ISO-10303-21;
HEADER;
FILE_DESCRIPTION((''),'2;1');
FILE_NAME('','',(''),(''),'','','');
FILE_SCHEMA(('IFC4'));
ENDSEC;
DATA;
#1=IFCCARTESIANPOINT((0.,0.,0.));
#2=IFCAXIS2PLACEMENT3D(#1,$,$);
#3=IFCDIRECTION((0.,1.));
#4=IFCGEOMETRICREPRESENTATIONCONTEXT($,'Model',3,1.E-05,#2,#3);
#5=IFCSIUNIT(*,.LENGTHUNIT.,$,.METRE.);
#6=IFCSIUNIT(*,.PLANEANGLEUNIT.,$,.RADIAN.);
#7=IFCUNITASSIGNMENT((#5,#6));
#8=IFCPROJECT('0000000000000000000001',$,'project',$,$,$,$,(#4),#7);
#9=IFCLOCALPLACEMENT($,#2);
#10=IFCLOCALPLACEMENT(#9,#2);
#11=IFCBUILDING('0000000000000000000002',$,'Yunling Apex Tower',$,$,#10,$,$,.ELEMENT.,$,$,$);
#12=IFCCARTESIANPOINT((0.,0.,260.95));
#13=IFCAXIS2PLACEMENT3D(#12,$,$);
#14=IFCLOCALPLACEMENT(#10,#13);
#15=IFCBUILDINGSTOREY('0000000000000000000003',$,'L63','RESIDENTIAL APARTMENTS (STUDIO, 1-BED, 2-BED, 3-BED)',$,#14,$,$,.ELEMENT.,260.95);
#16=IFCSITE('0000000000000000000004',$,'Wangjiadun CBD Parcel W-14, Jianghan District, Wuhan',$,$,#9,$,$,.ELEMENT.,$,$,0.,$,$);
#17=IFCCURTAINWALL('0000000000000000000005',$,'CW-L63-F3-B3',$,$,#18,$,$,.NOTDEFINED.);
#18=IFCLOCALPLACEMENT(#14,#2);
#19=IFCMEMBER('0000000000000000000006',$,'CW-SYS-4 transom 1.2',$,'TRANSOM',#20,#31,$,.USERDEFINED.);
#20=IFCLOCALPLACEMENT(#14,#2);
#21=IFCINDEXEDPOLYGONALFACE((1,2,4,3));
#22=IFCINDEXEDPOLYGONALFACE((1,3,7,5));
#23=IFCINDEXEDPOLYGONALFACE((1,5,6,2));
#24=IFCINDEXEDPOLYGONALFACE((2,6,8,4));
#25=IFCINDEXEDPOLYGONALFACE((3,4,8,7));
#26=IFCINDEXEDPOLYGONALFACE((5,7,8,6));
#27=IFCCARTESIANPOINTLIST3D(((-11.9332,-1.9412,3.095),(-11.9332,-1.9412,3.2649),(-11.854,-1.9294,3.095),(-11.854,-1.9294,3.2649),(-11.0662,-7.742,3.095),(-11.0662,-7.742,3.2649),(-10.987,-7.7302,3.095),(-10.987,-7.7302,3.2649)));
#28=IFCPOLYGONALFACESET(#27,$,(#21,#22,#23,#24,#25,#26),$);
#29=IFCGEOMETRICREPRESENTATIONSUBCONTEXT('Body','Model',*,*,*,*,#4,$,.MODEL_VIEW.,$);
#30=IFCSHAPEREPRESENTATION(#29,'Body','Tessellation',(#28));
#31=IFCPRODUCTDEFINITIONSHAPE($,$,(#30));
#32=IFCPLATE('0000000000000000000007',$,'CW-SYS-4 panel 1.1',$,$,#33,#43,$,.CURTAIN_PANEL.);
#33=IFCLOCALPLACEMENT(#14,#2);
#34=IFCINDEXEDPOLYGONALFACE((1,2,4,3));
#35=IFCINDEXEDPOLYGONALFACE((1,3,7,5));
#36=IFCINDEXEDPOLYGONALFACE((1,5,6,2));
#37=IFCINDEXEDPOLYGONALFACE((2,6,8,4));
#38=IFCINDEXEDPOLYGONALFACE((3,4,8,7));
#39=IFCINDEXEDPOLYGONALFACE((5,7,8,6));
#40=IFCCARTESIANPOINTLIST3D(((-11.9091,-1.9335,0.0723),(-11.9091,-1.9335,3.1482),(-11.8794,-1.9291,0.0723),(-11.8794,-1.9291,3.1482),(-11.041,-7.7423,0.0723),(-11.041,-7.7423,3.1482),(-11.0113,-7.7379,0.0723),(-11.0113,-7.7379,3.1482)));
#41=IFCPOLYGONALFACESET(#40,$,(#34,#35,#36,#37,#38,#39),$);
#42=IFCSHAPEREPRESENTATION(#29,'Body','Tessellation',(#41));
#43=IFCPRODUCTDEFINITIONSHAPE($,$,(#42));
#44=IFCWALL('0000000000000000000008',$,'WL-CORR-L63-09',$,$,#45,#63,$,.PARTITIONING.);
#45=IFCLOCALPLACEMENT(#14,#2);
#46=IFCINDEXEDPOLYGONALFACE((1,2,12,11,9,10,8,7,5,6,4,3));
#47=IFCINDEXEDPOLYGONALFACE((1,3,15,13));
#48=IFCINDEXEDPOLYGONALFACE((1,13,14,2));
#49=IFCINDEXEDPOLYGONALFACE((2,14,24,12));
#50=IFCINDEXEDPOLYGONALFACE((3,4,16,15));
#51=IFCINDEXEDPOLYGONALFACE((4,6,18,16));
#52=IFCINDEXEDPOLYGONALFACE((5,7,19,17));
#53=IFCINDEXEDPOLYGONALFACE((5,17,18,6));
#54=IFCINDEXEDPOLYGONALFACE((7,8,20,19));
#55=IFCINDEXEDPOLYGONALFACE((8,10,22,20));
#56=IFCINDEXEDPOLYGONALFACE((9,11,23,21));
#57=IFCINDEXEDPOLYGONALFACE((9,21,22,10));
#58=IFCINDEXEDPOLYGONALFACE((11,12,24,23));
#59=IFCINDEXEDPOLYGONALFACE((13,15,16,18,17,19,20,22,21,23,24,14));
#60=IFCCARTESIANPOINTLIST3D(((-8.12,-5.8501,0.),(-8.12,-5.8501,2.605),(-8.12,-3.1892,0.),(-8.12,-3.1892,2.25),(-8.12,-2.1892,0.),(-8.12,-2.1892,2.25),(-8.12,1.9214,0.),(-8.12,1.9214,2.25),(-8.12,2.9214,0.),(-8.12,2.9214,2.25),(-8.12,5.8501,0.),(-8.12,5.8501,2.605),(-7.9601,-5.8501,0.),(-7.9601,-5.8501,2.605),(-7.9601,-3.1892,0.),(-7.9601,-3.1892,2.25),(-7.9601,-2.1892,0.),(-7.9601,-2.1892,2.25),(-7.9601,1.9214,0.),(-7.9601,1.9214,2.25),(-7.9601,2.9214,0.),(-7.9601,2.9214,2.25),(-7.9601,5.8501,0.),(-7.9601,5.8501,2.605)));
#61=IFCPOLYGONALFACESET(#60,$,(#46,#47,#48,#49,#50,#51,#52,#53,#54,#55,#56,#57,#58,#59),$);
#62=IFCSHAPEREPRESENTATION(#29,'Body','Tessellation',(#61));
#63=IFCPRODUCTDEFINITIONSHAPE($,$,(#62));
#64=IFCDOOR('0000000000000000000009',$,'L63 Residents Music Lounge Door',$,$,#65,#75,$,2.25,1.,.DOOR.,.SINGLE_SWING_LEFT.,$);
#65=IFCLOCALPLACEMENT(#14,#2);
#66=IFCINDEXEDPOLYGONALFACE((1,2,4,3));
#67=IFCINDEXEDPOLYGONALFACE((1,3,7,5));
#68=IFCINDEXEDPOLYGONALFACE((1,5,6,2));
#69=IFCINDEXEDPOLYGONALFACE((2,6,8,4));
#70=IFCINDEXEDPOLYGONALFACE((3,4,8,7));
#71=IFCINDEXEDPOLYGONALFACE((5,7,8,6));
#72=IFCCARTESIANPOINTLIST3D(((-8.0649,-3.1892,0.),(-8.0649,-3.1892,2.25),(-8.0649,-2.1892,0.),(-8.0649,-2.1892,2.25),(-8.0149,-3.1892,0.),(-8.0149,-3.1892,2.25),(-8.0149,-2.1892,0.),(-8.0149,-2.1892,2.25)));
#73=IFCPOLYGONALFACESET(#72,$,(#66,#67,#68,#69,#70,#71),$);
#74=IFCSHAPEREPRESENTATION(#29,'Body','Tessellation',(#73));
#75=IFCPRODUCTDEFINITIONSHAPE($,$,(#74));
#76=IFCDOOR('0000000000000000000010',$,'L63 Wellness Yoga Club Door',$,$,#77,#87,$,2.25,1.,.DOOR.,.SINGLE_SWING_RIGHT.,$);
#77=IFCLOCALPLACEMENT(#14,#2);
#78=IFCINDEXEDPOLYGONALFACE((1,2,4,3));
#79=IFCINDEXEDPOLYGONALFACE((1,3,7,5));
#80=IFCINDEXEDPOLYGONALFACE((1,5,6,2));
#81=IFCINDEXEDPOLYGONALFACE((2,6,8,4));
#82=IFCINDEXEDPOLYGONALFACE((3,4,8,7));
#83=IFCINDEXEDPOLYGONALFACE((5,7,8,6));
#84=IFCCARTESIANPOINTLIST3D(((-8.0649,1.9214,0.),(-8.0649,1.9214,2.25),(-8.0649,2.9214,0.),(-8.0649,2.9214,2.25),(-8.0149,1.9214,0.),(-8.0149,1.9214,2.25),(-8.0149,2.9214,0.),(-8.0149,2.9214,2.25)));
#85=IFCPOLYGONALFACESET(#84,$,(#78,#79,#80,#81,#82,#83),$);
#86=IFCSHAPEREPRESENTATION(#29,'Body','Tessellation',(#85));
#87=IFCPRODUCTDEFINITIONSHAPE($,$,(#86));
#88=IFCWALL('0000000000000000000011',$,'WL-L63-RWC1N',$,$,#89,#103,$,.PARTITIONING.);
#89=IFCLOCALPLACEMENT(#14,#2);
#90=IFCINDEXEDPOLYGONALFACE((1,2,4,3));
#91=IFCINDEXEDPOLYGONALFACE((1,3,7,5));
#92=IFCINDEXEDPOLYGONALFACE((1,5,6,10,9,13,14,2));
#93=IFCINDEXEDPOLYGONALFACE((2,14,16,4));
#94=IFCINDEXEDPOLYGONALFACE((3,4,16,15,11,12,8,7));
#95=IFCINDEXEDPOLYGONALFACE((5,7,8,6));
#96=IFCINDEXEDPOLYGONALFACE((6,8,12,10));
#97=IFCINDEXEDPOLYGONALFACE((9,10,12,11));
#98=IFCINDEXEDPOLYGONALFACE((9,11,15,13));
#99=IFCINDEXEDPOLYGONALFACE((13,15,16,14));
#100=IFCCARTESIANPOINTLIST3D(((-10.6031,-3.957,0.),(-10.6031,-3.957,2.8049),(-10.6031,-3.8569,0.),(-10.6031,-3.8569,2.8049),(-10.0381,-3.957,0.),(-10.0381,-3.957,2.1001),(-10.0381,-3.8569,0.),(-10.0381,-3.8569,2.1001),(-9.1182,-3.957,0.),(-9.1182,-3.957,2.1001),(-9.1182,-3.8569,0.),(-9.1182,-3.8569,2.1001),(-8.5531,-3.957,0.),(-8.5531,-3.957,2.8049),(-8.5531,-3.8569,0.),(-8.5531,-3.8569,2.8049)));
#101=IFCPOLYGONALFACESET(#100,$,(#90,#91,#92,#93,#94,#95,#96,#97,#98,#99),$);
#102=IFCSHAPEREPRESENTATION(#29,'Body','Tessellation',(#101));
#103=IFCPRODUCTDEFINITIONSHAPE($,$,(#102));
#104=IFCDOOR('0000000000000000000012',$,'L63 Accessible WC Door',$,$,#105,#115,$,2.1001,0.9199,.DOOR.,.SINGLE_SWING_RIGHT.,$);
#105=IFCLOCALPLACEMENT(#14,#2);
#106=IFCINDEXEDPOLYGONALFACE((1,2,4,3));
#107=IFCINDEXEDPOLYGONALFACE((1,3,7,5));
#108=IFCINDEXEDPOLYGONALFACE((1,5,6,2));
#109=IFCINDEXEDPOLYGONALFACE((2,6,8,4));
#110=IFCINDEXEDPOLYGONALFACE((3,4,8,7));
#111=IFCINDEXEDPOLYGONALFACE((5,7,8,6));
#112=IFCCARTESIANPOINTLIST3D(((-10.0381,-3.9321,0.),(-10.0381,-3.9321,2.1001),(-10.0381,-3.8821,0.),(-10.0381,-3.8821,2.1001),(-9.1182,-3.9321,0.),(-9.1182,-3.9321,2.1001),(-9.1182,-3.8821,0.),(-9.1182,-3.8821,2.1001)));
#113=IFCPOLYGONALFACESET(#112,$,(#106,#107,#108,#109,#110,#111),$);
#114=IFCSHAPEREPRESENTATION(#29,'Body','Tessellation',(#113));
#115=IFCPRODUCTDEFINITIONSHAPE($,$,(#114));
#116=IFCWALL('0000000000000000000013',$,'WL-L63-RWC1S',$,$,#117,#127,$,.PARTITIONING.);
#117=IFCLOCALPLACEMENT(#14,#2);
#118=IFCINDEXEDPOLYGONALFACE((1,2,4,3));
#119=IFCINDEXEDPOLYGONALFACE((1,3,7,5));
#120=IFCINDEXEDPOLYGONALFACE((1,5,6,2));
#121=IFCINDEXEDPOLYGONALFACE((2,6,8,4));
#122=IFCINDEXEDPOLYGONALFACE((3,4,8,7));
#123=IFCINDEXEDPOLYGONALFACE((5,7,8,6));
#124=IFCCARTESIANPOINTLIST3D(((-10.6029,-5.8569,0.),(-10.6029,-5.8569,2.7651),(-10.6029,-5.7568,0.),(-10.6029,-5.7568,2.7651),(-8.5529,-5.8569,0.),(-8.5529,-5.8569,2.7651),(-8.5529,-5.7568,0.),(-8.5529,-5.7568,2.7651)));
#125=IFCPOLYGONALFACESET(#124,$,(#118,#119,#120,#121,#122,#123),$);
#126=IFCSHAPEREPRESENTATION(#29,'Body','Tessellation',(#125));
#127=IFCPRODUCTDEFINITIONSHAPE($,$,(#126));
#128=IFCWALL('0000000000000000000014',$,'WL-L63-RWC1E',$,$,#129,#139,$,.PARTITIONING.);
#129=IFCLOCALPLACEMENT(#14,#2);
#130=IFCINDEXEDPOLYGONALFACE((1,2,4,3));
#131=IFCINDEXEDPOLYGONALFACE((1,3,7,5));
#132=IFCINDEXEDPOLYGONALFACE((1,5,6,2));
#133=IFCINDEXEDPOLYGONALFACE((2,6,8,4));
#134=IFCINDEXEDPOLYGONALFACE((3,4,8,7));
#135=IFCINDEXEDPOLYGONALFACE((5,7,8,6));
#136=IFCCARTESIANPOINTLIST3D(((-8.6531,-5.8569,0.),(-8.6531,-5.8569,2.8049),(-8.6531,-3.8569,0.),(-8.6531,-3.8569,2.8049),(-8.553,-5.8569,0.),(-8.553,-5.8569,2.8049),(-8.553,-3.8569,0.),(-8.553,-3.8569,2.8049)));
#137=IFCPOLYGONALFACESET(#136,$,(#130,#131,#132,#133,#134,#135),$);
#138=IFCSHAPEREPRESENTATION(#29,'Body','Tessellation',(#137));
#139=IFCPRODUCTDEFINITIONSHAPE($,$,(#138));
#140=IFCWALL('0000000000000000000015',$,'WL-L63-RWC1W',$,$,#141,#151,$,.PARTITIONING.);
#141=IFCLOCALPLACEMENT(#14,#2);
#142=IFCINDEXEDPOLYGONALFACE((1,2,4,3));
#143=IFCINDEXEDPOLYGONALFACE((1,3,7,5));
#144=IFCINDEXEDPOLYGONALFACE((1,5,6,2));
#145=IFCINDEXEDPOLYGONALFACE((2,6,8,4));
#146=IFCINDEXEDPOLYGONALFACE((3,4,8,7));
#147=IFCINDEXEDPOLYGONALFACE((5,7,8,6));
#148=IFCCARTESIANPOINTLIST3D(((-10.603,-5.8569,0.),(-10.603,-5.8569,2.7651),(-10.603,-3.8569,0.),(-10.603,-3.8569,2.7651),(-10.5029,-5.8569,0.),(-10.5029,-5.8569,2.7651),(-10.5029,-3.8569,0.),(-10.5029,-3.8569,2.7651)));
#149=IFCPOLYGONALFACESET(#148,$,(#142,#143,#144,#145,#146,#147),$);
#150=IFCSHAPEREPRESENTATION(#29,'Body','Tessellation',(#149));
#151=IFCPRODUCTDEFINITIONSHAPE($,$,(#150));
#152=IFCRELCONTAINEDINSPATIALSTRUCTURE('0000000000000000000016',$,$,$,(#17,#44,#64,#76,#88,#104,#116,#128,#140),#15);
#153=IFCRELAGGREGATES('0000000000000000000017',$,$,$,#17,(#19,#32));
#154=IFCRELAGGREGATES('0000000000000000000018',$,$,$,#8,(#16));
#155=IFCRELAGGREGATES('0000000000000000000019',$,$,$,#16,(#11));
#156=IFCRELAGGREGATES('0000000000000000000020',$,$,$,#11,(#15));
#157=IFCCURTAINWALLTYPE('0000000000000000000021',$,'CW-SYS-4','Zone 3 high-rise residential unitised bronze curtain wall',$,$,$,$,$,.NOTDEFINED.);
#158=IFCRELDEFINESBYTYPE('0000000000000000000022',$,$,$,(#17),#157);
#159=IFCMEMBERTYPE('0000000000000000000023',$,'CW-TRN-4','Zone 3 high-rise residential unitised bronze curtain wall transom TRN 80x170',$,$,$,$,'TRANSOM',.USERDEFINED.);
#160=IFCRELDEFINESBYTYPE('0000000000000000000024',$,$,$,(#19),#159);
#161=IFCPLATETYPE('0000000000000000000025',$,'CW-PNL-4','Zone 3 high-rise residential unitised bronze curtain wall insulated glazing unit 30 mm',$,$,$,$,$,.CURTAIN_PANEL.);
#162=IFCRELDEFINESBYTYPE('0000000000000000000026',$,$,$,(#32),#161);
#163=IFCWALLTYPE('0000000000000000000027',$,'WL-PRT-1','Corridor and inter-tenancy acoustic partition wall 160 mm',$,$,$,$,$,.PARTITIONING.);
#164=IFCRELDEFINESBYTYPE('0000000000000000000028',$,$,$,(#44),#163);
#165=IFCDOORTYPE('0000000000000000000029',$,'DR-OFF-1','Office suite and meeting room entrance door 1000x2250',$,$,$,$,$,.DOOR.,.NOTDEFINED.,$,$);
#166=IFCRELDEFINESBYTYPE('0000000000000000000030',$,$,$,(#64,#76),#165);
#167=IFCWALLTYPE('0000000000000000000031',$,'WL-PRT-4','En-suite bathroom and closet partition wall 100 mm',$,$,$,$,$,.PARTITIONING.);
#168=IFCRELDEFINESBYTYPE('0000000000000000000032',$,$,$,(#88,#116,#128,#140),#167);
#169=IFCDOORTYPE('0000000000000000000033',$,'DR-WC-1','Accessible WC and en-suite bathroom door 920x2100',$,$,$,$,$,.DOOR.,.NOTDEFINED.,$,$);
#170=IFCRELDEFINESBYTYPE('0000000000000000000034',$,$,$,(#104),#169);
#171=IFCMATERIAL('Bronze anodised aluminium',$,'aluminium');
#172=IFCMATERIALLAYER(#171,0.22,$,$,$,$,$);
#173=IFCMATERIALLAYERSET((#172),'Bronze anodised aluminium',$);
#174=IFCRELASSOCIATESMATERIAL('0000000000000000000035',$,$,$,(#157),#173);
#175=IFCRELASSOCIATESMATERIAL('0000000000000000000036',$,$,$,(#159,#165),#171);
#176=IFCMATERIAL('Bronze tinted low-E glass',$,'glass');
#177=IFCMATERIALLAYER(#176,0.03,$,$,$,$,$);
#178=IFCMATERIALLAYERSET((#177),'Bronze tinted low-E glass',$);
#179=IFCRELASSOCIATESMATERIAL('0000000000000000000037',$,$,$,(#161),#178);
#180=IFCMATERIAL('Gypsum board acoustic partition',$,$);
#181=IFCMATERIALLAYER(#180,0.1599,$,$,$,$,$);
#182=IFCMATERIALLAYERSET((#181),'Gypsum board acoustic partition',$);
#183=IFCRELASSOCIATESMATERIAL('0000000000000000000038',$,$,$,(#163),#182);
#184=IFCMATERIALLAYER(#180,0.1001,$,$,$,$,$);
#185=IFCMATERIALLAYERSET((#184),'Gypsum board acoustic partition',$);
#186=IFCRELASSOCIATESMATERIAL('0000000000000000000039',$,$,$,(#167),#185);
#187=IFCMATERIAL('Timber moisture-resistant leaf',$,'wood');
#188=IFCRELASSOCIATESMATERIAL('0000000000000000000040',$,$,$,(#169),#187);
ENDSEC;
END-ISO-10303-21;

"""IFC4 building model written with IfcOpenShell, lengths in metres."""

from ifc_helpers import new_model, si_unit, direction, frame, frame_2d, origin, origin_2d, place, context, subcontext, project, spatial, rectangle, extrude, source, transform, mapped, material, layer, layer_set, material_profile, profile_set, type_object, element, fill, aggregate, save


model = new_model("IFC4")

# Units and contexts
model_context = context("Model", 3, precision=1e-05, world=origin(), true_north=direction((0.0, 1.0)))
body_context = subcontext(model_context, "Body", "Model", "MODEL_VIEW")
ifc_project = project(units=[si_unit("LENGTHUNIT", "METRE"), si_unit("PLANEANGLEUNIT", "RADIAN")], contexts=[model_context])

# Site, building, storey
site_placement = place(None, origin())
site = spatial("IfcSite", under=ifc_project, at=site_placement, Name="Wangjiadun CBD Parcel W-14, Jianghan District, Wuhan", CompositionType="ELEMENT", RefElevation=0.0)
building_placement = place(site_placement, origin())
building = spatial("IfcBuilding", under=site, at=building_placement, Name="Yunling Apex Tower", CompositionType="ELEMENT")
storey_placement = place(building_placement, frame((0.0, 0.0, 260.95)))
storey = spatial("IfcBuildingStorey", under=building, at=storey_placement, Name="L63", Description="RESIDENTIAL APARTMENTS (STUDIO, 1-BED, 2-BED, 3-BED)", CompositionType="ELEMENT", Elevation=260.95)

# Shared definitions
ifc_material_1 = material(Name="Bronze anodised aluminium", Category="aluminium")
ifc_layer_1 = layer(ifc_material_1, 0.22)
ifc_layer_set_1 = layer_set([ifc_layer_1], Name="Bronze anodised aluminium")
curtain_wall_type = type_object("IfcCurtainWallType", Name="CW-SYS-4", Description="Zone 3 high-rise residential unitised bronze curtain wall", PredefinedType="NOTDEFINED", material=ifc_layer_set_1)

# Curtain wall, member, plate
curtain_wall_1_placement = place(storey_placement, origin())
curtain_wall_1 = element("IfcCurtainWall", 1, at=curtain_wall_1_placement, inside=storey, type_object=curtain_wall_type, Name="CW-L63-F3-B3", PredefinedType="NOTDEFINED")
ifc_material_profile_1 = material_profile(ifc_material_1, rectangle(XDim=0.0801, YDim=0.1699, at=origin_2d()))
ifc_profile_set_1 = profile_set([ifc_material_profile_1], Name="Bronze anodised aluminium")
member_type_1 = type_object("IfcMemberType", Name="CW-TRN-4", Description="Zone 3 high-rise residential unitised bronze curtain wall transom TRN 80x170", ElementType="TRANSOM", PredefinedType="USERDEFINED", material=ifc_profile_set_1)
shared_shape_1 = source(origin(), body_context, "Body", "SweptSolid", [
    extrude(rectangle(XDim=0.0801, YDim=0.1699, at=origin_2d()), origin(), (0.0, 0.0, 1.0), 5.8652),
])
member_1_placement = place(storey_placement, frame((-11.8936, -1.9353, 3.1799), z_axis=(0.147811, -0.989016, 0.0), x_axis=(0.989016, 0.147811, 0.0)))
member_1 = element("IfcMember", 2, at=member_1_placement, type_object=member_type_1, Name="CW-SYS-4 transom 1.2", ObjectType="TRANSOM", PredefinedType="USERDEFINED", context=body_context, shape_type="MappedRepresentation", body=[
    mapped(shared_shape_1, transform((0.0, 0.0, 0.0), scale=1.0)),
])
ifc_material_2 = material(Name="Bronze tinted low-E glass", Category="glass")
ifc_layer_2 = layer(ifc_material_2, 0.03)
ifc_layer_set_2 = layer_set([ifc_layer_2], Name="Bronze tinted low-E glass")
plate_type = type_object("IfcPlateType", Name="CW-PNL-4", Description="Zone 3 high-rise residential unitised bronze curtain wall insulated glazing unit 30 mm", PredefinedType="CURTAIN_PANEL", material=ifc_layer_set_2)
shared_shape_2 = source(origin(), body_context, "Body", "SweptSolid", [
    extrude(rectangle(XDim=5.8733, YDim=0.03, at=origin_2d()), origin(), (0.0, 0.0, 1.0), 3.0759),
])
plate_placement = place(storey_placement, frame((-11.4602, -4.8357, 0.0723), z_axis=(0.0, 0.0, 1.0), x_axis=(0.147807, -0.989016, 0.0)))
plate = element("IfcPlate", 3, at=plate_placement, type_object=plate_type, Name="CW-SYS-4 panel 1.1", PredefinedType="CURTAIN_PANEL", context=body_context, shape_type="MappedRepresentation", body=[
    mapped(shared_shape_2, transform((0.0, 0.0, 0.0), scale=1.0)),
])
aggregate(curtain_wall_1, [member_1, plate])

# Wall, openings, doors
ifc_material_3 = material(Name="Gypsum board acoustic partition")
ifc_layer_3 = layer(ifc_material_3, 0.1599)
ifc_layer_set_3 = layer_set([ifc_layer_3], Name="Gypsum board acoustic partition")
wall_type_1 = type_object("IfcWallType", Name="WL-PRT-1", Description="Corridor and inter-tenancy acoustic partition wall 160 mm", PredefinedType="PARTITIONING", material=ifc_layer_set_3)
wall_1_placement = place(storey_placement, frame((-8.04, -5.8501, 0.0), z_axis=(0.0, 0.0, 1.0), x_axis=(0.0, 1.0, 0.0)))
wall_1 = element("IfcWall", 4, at=wall_1_placement, inside=storey, type_object=wall_type_1, Name="WL-CORR-L63-09", PredefinedType="PARTITIONING", context=body_context, shape_type="SweptSolid", body=[
    extrude(rectangle(XDim=11.7002, YDim=0.1599, at=frame_2d((5.8501, 0.0))), origin(), (0.0, 0.0, 1.0), 2.605),
])
opening_1_placement = place(wall_1_placement, frame((2.6609, 0.0, 0.0)))
opening_1 = element("IfcOpeningElement", 5, at=opening_1_placement, cuts=wall_1, PredefinedType="OPENING", context=body_context, shape_type="SweptSolid", body=[
    extrude(rectangle(XDim=1.0, YDim=2.25, at=frame_2d((0.5, 1.125))), frame((0.0, 0.0898, 0.0), z_axis=(0.0, -1.0, 0.0), x_axis=(1.0, 0.0, 0.0)), (0.0, 0.0, 1.0), 0.1799),
])
opening_2_placement = place(wall_1_placement, frame((7.7715, 0.0, 0.0)))
opening_2 = element("IfcOpeningElement", 6, at=opening_2_placement, cuts=wall_1, PredefinedType="OPENING", context=body_context, shape_type="SweptSolid", body=[
    extrude(rectangle(XDim=1.0, YDim=2.25, at=frame_2d((0.5, 1.125))), frame((0.0, 0.0898, 0.0), z_axis=(0.0, -1.0, 0.0), x_axis=(1.0, 0.0, 0.0)), (0.0, 0.0, 1.0), 0.1799),
])
door_type_1 = type_object("IfcDoorType", Name="DR-OFF-1", Description="Office suite and meeting room entrance door 1000x2250", OperationType="NOTDEFINED", PredefinedType="DOOR", material=ifc_material_1)
door_1_placement = place(opening_1_placement, origin())
door_1 = element("IfcDoor", 7, at=door_1_placement, inside=storey, type_object=door_type_1, Name="L63 Residents Music Lounge Door", OperationType="SINGLE_SWING_LEFT", OverallHeight=2.25, OverallWidth=1.0, PredefinedType="DOOR", context=body_context, shape_type="SweptSolid", body=[
    extrude(rectangle(XDim=1.0, YDim=2.25, at=frame_2d((0.5, 1.125))), frame((0.0, 0.0249, 0.0), z_axis=(0.0, -1.0, 0.0), x_axis=(1.0, 0.0, 0.0)), (0.0, 0.0, 1.0), 0.05),
])
fill(opening_1, door_1)
door_2_placement = place(opening_2_placement, origin())
door_2 = element("IfcDoor", 8, at=door_2_placement, inside=storey, type_object=door_type_1, Name="L63 Wellness Yoga Club Door", OperationType="SINGLE_SWING_RIGHT", OverallHeight=2.25, OverallWidth=1.0, PredefinedType="DOOR", context=body_context, shape_type="SweptSolid", body=[
    extrude(rectangle(XDim=1.0, YDim=2.25, at=frame_2d((0.5, 1.125))), frame((0.0, 0.0249, 0.0), z_axis=(0.0, -1.0, 0.0), x_axis=(1.0, 0.0, 0.0)), (0.0, 0.0, 1.0), 0.05),
])
fill(opening_2, door_2)

# Wall, opening, door
ifc_layer_4 = layer(ifc_material_3, 0.1001)
ifc_layer_set_4 = layer_set([ifc_layer_4], Name="Gypsum board acoustic partition")
wall_type_2 = type_object("IfcWallType", Name="WL-PRT-4", Description="En-suite bathroom and closet partition wall 100 mm", PredefinedType="PARTITIONING", material=ifc_layer_set_4)
wall_2_placement = place(storey_placement, frame((-10.603, -3.907, 0.0), z_axis=(0.0, 0.0, 1.0), x_axis=(1.0, 0.0, 0.0)))
wall_2 = element("IfcWall", 9, at=wall_2_placement, inside=storey, type_object=wall_type_2, Name="WL-L63-RWC1N", PredefinedType="PARTITIONING", context=body_context, shape_type="SweptSolid", body=[
    extrude(rectangle(XDim=2.05, YDim=0.1001, at=frame_2d((1.0249, 0.0))), origin(), (0.0, 0.0, 1.0), 2.8049),
])
opening_3_placement = place(wall_2_placement, frame((0.5649, 0.0, 0.0)))
opening_3 = element("IfcOpeningElement", 10, at=opening_3_placement, cuts=wall_2, PredefinedType="OPENING", context=body_context, shape_type="SweptSolid", body=[
    extrude(rectangle(XDim=0.9199, YDim=2.1001, at=frame_2d((0.46, 1.05))), frame((0.0, 0.0601, 0.0), z_axis=(0.0, -1.0, 0.0), x_axis=(1.0, 0.0, 0.0)), (0.0, 0.0, 1.0), 0.1201),
])
ifc_material_4 = material(Name="Timber moisture-resistant leaf", Category="wood")
door_type_2 = type_object("IfcDoorType", Name="DR-WC-1", Description="Accessible WC and en-suite bathroom door 920x2100", OperationType="NOTDEFINED", PredefinedType="DOOR", material=ifc_material_4)
door_3_placement = place(opening_3_placement, origin())
door_3 = element("IfcDoor", 11, at=door_3_placement, inside=storey, type_object=door_type_2, Name="L63 Accessible WC Door", OperationType="SINGLE_SWING_RIGHT", OverallHeight=2.1001, OverallWidth=0.9199, PredefinedType="DOOR", context=body_context, shape_type="SweptSolid", body=[
    extrude(rectangle(XDim=0.9199, YDim=2.1001, at=frame_2d((0.46, 1.05))), frame((0.0, 0.0249, 0.0), z_axis=(0.0, -1.0, 0.0), x_axis=(1.0, 0.0, 0.0)), (0.0, 0.0, 1.0), 0.05),
])
fill(opening_3, door_3)

# Walls
wall_3_placement = place(storey_placement, frame((-8.553, -5.8069, 0.0), z_axis=(0.0, 0.0, 1.0), x_axis=(-1.0, 0.0, 0.0)))
element("IfcWall", 12, at=wall_3_placement, inside=storey, type_object=wall_type_2, Name="WL-L63-RWC1S", PredefinedType="PARTITIONING", context=body_context, shape_type="SweptSolid", body=[
    extrude(rectangle(XDim=2.05, YDim=0.1001, at=frame_2d((1.0249, 0.0))), origin(), (0.0, 0.0, 1.0), 2.7651),
])
wall_4_placement = place(storey_placement, frame((-8.603, -3.8569, 0.0), z_axis=(0.0, 0.0, 1.0), x_axis=(0.0, -1.0, 0.0)))
element("IfcWall", 13, at=wall_4_placement, inside=storey, type_object=wall_type_2, Name="WL-L63-RWC1E", PredefinedType="PARTITIONING", context=body_context, shape_type="SweptSolid", body=[
    extrude(rectangle(XDim=2.0, YDim=0.1001, at=frame_2d((1.0, 0.0))), origin(), (0.0, 0.0, 1.0), 2.8049),
])
wall_5_placement = place(storey_placement, frame((-10.553, -5.8569, 0.0), z_axis=(0.0, 0.0, 1.0), x_axis=(0.0, 1.0, 0.0)))
element("IfcWall", 14, at=wall_5_placement, inside=storey, type_object=wall_type_2, Name="WL-L63-RWC1W", PredefinedType="PARTITIONING", context=body_context, shape_type="SweptSolid", body=[
    extrude(rectangle(XDim=2.0, YDim=0.1001, at=frame_2d((1.0, 0.0))), origin(), (0.0, 0.0, 1.0), 2.7651),
])

save(model, "model.ifc")
